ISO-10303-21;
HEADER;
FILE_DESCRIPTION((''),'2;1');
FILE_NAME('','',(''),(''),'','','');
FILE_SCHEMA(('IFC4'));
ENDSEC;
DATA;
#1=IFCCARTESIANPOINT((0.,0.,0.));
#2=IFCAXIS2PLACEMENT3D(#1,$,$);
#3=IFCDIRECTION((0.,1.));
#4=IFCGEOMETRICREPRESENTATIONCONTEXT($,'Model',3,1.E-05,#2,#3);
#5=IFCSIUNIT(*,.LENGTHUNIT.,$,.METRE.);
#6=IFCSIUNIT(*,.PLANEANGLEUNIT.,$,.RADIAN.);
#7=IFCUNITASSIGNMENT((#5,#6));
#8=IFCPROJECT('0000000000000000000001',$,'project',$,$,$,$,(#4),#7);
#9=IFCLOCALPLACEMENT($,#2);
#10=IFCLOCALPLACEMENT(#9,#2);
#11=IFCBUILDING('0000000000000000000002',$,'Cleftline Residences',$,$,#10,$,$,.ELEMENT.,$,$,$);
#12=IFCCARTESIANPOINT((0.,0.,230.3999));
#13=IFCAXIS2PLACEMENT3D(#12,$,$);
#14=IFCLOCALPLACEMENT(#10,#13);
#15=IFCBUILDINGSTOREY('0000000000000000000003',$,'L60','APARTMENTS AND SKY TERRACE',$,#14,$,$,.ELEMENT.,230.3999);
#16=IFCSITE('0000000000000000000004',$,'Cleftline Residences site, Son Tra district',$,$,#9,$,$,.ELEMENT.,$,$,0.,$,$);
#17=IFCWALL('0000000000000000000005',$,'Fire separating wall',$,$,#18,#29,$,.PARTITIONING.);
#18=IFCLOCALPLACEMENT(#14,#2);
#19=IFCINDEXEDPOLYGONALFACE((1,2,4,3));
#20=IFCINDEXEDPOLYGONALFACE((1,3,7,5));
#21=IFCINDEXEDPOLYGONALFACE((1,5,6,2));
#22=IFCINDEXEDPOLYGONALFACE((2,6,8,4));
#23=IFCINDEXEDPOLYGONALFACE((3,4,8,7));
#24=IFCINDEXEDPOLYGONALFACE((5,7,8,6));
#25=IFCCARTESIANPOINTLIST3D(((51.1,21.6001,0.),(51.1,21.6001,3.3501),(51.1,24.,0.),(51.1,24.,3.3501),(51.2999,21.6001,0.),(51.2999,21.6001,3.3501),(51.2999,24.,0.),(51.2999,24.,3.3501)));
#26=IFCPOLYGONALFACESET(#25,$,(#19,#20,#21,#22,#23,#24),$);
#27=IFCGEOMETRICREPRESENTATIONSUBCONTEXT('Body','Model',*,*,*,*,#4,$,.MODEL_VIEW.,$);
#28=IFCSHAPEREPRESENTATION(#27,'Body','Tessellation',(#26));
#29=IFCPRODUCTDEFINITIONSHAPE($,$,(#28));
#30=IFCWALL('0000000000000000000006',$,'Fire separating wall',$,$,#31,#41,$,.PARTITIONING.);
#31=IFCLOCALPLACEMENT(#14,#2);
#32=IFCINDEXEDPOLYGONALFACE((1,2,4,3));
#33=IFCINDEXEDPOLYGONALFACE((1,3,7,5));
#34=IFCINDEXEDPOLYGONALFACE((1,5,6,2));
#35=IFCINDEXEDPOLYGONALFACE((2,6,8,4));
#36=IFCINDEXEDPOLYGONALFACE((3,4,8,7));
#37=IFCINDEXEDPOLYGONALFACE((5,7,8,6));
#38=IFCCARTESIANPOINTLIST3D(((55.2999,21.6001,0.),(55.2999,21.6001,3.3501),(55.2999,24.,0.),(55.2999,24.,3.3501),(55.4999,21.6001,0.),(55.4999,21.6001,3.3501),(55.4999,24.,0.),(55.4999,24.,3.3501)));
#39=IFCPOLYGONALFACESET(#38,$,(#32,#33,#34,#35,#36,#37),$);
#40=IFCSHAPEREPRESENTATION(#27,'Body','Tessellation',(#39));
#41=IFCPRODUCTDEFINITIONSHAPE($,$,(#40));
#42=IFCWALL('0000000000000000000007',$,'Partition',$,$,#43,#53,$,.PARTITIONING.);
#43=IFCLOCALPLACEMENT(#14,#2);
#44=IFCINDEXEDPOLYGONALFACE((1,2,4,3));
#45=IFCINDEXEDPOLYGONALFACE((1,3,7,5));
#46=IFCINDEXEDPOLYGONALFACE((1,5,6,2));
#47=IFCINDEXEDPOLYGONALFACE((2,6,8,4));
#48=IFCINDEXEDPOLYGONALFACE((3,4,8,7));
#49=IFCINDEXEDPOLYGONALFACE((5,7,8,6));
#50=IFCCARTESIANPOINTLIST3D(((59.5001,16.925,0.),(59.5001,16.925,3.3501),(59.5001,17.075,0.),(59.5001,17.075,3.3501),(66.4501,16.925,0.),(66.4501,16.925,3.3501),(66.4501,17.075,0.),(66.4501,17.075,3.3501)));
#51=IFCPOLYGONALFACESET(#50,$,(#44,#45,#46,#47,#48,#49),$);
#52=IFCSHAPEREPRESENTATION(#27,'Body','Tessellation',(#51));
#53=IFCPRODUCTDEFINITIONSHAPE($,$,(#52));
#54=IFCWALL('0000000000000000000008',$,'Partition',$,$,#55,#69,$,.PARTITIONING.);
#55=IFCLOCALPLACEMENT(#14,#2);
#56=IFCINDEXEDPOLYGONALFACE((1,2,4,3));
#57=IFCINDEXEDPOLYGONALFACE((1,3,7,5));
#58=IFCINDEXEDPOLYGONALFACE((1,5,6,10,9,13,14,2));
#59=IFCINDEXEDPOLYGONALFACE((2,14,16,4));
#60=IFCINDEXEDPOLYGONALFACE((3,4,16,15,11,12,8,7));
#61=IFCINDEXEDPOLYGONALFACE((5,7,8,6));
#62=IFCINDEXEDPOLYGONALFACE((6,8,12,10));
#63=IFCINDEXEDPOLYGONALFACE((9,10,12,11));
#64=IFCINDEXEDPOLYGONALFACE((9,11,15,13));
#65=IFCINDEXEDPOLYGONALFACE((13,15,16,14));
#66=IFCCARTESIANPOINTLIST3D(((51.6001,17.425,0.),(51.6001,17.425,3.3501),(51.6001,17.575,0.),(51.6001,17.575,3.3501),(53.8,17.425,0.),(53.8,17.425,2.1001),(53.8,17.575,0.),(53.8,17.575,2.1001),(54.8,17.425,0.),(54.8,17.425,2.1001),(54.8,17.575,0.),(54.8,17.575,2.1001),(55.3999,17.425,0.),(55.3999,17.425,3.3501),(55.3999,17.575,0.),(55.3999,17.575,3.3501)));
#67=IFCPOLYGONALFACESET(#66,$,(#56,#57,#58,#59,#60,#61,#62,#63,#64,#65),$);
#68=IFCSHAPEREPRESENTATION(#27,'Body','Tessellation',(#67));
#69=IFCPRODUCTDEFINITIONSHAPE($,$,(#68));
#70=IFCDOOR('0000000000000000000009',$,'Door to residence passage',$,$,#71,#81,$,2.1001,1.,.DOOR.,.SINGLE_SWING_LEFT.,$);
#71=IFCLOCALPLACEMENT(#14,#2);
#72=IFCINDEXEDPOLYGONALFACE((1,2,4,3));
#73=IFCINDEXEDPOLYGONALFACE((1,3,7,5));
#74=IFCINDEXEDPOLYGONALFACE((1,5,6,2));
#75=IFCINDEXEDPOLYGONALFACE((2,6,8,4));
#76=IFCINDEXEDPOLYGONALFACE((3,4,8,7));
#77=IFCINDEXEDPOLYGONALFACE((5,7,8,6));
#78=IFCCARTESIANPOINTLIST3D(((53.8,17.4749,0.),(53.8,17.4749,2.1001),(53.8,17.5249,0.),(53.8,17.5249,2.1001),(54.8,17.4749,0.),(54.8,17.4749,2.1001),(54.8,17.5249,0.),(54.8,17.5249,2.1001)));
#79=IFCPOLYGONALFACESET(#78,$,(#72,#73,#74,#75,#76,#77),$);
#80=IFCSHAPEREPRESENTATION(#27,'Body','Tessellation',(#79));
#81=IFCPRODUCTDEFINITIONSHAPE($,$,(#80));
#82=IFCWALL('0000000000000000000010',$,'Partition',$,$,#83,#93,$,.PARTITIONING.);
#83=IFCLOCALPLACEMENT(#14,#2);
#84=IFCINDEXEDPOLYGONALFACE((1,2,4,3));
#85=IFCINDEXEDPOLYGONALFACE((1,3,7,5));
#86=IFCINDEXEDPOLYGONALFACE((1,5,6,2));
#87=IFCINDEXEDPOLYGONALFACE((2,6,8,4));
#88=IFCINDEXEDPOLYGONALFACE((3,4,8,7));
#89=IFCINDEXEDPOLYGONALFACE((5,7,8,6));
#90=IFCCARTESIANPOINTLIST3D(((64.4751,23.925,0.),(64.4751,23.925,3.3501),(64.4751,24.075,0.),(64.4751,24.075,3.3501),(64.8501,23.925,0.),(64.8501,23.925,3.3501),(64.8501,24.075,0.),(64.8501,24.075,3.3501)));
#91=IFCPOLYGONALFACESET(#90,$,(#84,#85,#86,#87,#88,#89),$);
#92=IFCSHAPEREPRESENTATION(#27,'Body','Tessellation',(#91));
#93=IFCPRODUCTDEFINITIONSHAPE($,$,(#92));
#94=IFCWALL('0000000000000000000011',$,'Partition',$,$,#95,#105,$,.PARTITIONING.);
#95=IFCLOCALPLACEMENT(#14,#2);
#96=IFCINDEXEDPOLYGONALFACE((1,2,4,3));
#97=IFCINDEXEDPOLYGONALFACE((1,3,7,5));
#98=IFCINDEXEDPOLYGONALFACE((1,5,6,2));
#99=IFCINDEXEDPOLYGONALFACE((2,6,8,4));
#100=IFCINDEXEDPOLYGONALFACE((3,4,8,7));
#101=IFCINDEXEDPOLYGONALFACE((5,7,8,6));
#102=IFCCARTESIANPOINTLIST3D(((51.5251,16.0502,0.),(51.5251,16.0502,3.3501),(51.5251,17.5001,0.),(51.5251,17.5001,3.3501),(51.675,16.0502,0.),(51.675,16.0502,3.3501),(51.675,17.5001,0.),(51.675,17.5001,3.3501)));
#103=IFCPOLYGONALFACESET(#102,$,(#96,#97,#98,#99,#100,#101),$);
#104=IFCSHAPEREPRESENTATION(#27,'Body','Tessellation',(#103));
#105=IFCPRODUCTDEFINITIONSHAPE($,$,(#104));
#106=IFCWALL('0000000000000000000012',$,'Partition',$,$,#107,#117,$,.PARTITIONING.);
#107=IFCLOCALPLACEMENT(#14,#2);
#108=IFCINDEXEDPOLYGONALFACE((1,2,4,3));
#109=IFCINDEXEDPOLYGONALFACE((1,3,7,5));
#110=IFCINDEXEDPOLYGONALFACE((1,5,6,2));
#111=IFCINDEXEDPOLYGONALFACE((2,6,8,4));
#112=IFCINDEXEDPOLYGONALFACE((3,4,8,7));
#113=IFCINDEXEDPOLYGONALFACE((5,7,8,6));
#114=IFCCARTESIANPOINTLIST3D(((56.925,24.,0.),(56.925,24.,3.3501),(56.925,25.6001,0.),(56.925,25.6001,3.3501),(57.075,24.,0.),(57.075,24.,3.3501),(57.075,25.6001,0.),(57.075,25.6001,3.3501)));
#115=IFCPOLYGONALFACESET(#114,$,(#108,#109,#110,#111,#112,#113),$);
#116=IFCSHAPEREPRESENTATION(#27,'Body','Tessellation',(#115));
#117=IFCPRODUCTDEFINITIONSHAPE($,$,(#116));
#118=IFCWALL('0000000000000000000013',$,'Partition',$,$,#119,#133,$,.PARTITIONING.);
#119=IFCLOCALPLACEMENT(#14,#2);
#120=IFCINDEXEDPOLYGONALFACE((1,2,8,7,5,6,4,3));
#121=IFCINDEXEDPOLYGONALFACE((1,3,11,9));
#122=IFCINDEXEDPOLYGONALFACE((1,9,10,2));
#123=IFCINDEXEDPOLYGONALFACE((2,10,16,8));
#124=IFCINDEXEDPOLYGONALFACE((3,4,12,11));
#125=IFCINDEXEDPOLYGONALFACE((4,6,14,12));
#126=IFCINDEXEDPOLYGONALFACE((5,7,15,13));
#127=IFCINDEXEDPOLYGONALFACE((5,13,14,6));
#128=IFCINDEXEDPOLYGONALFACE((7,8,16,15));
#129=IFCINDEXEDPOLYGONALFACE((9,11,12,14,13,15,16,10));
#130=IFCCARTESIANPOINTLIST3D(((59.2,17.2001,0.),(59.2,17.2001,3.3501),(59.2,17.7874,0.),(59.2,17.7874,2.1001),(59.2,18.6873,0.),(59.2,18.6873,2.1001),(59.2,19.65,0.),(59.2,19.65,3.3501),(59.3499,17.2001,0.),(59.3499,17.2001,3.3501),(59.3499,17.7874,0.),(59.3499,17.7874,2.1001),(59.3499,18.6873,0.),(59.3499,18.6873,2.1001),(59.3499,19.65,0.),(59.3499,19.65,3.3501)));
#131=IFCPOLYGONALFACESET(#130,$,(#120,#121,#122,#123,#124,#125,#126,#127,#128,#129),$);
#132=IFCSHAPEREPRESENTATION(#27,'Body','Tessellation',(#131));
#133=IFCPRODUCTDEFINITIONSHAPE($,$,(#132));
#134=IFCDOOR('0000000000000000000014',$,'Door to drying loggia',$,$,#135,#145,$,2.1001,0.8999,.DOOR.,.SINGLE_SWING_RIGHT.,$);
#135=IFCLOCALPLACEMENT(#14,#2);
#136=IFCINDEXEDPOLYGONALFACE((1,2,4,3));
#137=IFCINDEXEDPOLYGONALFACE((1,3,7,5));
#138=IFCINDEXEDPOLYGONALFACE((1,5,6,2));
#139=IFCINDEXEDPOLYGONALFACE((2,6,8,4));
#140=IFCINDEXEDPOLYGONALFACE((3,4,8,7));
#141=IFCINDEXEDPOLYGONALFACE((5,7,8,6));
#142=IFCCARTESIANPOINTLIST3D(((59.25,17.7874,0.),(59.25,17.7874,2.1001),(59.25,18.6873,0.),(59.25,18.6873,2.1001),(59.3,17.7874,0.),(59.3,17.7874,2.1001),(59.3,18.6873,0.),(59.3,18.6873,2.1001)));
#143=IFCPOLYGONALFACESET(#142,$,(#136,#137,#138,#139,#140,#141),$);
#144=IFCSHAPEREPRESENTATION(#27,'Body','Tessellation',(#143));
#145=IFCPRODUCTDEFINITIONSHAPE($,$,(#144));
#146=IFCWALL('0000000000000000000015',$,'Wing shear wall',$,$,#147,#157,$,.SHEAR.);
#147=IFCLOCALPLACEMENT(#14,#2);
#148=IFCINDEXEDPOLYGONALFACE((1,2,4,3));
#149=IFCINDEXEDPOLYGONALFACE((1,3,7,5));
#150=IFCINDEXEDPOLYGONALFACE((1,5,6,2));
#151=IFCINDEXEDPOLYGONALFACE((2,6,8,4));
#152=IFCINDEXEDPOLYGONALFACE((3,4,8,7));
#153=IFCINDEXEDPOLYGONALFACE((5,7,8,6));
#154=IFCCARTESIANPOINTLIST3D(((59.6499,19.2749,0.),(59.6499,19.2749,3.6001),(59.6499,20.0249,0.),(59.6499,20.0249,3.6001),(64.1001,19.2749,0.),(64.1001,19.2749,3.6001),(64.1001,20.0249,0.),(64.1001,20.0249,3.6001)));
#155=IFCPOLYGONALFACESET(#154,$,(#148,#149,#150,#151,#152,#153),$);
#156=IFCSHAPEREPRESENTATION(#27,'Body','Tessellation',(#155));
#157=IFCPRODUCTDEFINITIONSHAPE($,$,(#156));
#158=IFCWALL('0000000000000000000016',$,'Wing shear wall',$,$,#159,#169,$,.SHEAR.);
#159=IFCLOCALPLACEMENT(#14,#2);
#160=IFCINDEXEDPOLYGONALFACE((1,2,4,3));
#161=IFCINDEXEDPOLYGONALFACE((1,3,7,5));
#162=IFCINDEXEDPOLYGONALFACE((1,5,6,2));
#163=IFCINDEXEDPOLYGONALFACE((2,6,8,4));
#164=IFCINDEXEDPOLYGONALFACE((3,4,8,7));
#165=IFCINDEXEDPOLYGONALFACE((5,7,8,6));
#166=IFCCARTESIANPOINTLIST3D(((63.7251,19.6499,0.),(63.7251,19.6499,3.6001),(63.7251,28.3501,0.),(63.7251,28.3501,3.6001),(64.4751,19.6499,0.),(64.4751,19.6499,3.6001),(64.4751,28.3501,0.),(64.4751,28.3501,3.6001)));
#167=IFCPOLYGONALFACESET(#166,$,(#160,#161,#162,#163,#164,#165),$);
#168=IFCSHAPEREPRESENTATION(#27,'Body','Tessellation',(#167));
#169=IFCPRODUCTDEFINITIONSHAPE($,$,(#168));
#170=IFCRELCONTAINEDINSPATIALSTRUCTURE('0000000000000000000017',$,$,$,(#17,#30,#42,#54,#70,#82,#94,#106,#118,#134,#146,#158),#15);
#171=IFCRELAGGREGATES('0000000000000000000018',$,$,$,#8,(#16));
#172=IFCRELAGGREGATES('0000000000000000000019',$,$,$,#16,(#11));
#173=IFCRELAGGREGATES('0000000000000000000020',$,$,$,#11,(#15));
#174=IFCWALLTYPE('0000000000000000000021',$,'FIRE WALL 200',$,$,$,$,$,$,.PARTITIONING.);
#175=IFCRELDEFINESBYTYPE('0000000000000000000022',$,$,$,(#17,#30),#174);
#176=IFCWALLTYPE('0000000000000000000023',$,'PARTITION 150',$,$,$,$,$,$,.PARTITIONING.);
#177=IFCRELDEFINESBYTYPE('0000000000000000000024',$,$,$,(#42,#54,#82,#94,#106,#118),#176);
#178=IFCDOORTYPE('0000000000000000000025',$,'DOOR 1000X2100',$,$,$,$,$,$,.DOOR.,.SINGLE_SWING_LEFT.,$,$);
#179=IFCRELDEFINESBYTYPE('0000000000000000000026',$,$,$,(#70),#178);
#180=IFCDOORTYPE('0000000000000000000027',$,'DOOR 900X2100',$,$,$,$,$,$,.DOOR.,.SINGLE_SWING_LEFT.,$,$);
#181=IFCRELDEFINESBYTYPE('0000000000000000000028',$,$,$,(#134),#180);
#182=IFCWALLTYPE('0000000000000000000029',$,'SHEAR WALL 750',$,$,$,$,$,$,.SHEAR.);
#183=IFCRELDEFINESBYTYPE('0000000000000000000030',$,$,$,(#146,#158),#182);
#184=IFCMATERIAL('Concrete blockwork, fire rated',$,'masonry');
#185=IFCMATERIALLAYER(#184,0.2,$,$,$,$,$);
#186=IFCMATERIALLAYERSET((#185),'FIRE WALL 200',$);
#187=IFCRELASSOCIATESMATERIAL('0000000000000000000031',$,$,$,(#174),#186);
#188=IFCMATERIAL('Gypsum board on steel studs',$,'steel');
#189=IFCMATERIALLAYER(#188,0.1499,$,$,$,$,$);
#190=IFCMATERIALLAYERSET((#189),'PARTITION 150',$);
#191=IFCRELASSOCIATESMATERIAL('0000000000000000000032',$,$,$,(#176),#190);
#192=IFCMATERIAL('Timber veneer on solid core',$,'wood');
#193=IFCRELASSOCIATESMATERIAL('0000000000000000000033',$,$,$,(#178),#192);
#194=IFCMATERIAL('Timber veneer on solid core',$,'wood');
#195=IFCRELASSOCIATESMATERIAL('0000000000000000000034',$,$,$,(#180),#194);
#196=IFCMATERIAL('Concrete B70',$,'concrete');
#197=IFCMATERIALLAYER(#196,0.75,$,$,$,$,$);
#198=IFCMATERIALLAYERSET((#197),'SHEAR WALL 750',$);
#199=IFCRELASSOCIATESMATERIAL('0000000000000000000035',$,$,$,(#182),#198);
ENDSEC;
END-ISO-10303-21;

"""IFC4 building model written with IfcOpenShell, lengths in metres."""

from ifc_helpers import new_model, si_unit, direction, frame, frame_2d, origin, place, context, subcontext, project, spatial, rectangle, extrude, material, layer, layer_set, type_object, element, fill, save


model = new_model("IFC4")

# Units and contexts
model_context = context("Model", 3, precision=1e-05, world=origin(), true_north=direction((0.0, 1.0)))
body_context = subcontext(model_context, "Body", "Model", "MODEL_VIEW")
ifc_project = project(units=[si_unit("LENGTHUNIT", "METRE"), si_unit("PLANEANGLEUNIT", "RADIAN")], contexts=[model_context])

# Site, building, storey
site_placement = place(None, origin())
site = spatial("IfcSite", under=ifc_project, at=site_placement, Name="Cleftline Residences site, Son Tra district", CompositionType="ELEMENT", RefElevation=0.0)
building_placement = place(site_placement, origin())
building = spatial("IfcBuilding", under=site, at=building_placement, Name="Cleftline Residences", CompositionType="ELEMENT")
storey_placement = place(building_placement, frame((0.0, 0.0, 230.3999)))
storey = spatial("IfcBuildingStorey", under=building, at=storey_placement, Name="L60", Description="APARTMENTS AND SKY TERRACE", CompositionType="ELEMENT", Elevation=230.3999)

# Shared definitions
ifc_material_1 = material(Name="Concrete blockwork, fire rated", Category="masonry")
ifc_layer_1 = layer(ifc_material_1, 0.2)
ifc_layer_set_1 = layer_set([ifc_layer_1], Name="FIRE WALL 200")
wall_type_1 = type_object("IfcWallType", Name="FIRE WALL 200", PredefinedType="PARTITIONING", material=ifc_layer_set_1)

# Walls
for number, where, z_axis, x_axis, name in (
    (1, (51.2, 21.6001, 0.0), (0.0, 0.0, 1.0), (0.0, 1.0, 0.0), "Fire separating wall"),
    (2, (55.3999, 21.6001, 0.0), (0.0, 0.0, 1.0), (0.0, 1.0, 0.0), "Fire separating wall"),
):
    element("IfcWall", number, at=place(storey_placement, frame(where, z_axis=z_axis, x_axis=x_axis)), inside=storey, type_object=wall_type_1, Name=name, PredefinedType="PARTITIONING", context=body_context, shape_type="SweptSolid", body=[
        extrude(rectangle(XDim=2.3999, YDim=0.2, at=frame_2d((1.2, 0.0))), origin(), (0.0, 0.0, 1.0), 3.3501),
    ])
ifc_material_2 = material(Name="Gypsum board on steel studs", Category="steel")
ifc_layer_2 = layer(ifc_material_2, 0.1499)
ifc_layer_set_2 = layer_set([ifc_layer_2], Name="PARTITION 150")
wall_type_2 = type_object("IfcWallType", Name="PARTITION 150", PredefinedType="PARTITIONING", material=ifc_layer_set_2)
wall_1_placement = place(storey_placement, frame((59.5, 17.0, 0.0), z_axis=(0.0, 0.0, 1.0), x_axis=(1.0, 0.0, 0.0)))
element("IfcWall", 3, at=wall_1_placement, inside=storey, type_object=wall_type_2, Name="Partition", PredefinedType="PARTITIONING", context=body_context, shape_type="SweptSolid", body=[
    extrude(rectangle(XDim=6.95, YDim=0.1499, at=frame_2d((3.4751, 0.0))), origin(), (0.0, 0.0, 1.0), 3.3501),
])

# Wall, opening, door
wall_2_placement = place(storey_placement, frame((51.6001, 17.5, 0.0), z_axis=(0.0, 0.0, 1.0), x_axis=(1.0, 0.0, 0.0)))
wall_2 = element("IfcWall", 4, at=wall_2_placement, inside=storey, type_object=wall_type_2, Name="Partition", PredefinedType="PARTITIONING", context=body_context, shape_type="SweptSolid", body=[
    extrude(rectangle(XDim=3.7998, YDim=0.1499, at=frame_2d((1.8999, 0.0))), origin(), (0.0, 0.0, 1.0), 3.3501),
])
opening_1_placement = place(wall_2_placement, frame((2.2, 0.0, 0.0)))
opening_1 = element("IfcOpeningElement", 5, at=opening_1_placement, cuts=wall_2, PredefinedType="OPENING", context=body_context, shape_type="SweptSolid", body=[
    extrude(rectangle(XDim=1.0, YDim=2.1001, at=frame_2d((0.5, 1.05))), frame((0.0, 0.085, 0.0), z_axis=(0.0, -1.0, 0.0), x_axis=(1.0, 0.0, 0.0)), (0.0, 0.0, 1.0), 0.1699),
])
ifc_material_3 = material(Name="Timber veneer on solid core", Category="wood")
door_type_1 = type_object("IfcDoorType", Name="DOOR 1000X2100", OperationType="SINGLE_SWING_LEFT", PredefinedType="DOOR", material=ifc_material_3)
door_1_placement = place(opening_1_placement, origin())
door_1 = element("IfcDoor", 6, at=door_1_placement, inside=storey, type_object=door_type_1, Name="Door to residence passage", OperationType="SINGLE_SWING_LEFT", OverallHeight=2.1001, OverallWidth=1.0, PredefinedType="DOOR", context=body_context, shape_type="SweptSolid", body=[
    extrude(rectangle(XDim=1.0, YDim=2.1001, at=frame_2d((0.5, 1.05))), frame((0.0, 0.0249, 0.0), z_axis=(0.0, -1.0, 0.0), x_axis=(1.0, 0.0, 0.0)), (0.0, 0.0, 1.0), 0.05),
])
fill(opening_1, door_1)

# Walls
wall_3_placement = place(storey_placement, frame((64.4751, 24.0, 0.0), z_axis=(0.0, 0.0, 1.0), x_axis=(1.0, 0.0, 0.0)))
element("IfcWall", 7, at=wall_3_placement, inside=storey, type_object=wall_type_2, Name="Partition", PredefinedType="PARTITIONING", context=body_context, shape_type="SweptSolid", body=[
    extrude(rectangle(XDim=0.375, YDim=0.1499, at=frame_2d((0.1875, 0.0))), origin(), (0.0, 0.0, 1.0), 3.3501),
])
wall_4_placement = place(storey_placement, frame((51.6001, 16.05, 0.0), z_axis=(0.0, 0.0, 1.0), x_axis=(0.0, 1.0, 0.0)))
element("IfcWall", 8, at=wall_4_placement, inside=storey, type_object=wall_type_2, Name="Partition", PredefinedType="PARTITIONING", context=body_context, shape_type="SweptSolid", body=[
    extrude(rectangle(XDim=1.45, YDim=0.1499, at=frame_2d((0.7251, 0.0))), origin(), (0.0, 0.0, 1.0), 3.3501),
])
wall_5_placement = place(storey_placement, frame((57.0, 24.0, 0.0), z_axis=(0.0, 0.0, 1.0), x_axis=(0.0, 1.0, 0.0)))
element("IfcWall", 9, at=wall_5_placement, inside=storey, type_object=wall_type_2, Name="Partition", PredefinedType="PARTITIONING", context=body_context, shape_type="SweptSolid", body=[
    extrude(rectangle(XDim=1.6001, YDim=0.1499, at=frame_2d((0.8, 0.0))), origin(), (0.0, 0.0, 1.0), 3.3501),
])

# Wall, opening, door
wall_6_placement = place(storey_placement, frame((59.2749, 17.2, 0.0), z_axis=(0.0, 0.0, 1.0), x_axis=(0.0, 1.0, 0.0)))
wall_6 = element("IfcWall", 10, at=wall_6_placement, inside=storey, type_object=wall_type_2, Name="Partition", PredefinedType="PARTITIONING", context=body_context, shape_type="SweptSolid", body=[
    extrude(rectangle(XDim=2.45, YDim=0.1499, at=frame_2d((1.2251, 0.0))), origin(), (0.0, 0.0, 1.0), 3.3501),
])
opening_2_placement = place(wall_6_placement, frame((0.5874, 0.0, 0.0)))
opening_2 = element("IfcOpeningElement", 11, at=opening_2_placement, cuts=wall_6, PredefinedType="OPENING", context=body_context, shape_type="SweptSolid", body=[
    extrude(rectangle(XDim=0.8999, YDim=2.1001, at=frame_2d((0.45, 1.05))), frame((0.0, 0.085, 0.0), z_axis=(0.0, -1.0, 0.0), x_axis=(1.0, 0.0, 0.0)), (0.0, 0.0, 1.0), 0.1699),
])
ifc_material_4 = material(Name="Timber veneer on solid core", Category="wood")
door_type_2 = type_object("IfcDoorType", Name="DOOR 900X2100", OperationType="SINGLE_SWING_LEFT", PredefinedType="DOOR", material=ifc_material_4)
door_2_placement = place(opening_2_placement, origin())
door_2 = element("IfcDoor", 12, at=door_2_placement, inside=storey, type_object=door_type_2, Name="Door to drying loggia", OperationType="SINGLE_SWING_RIGHT", OverallHeight=2.1001, OverallWidth=0.8999, PredefinedType="DOOR", context=body_context, shape_type="SweptSolid", body=[
    extrude(rectangle(XDim=0.8999, YDim=2.1001, at=frame_2d((0.45, 1.05))), frame((0.0, 0.0249, 0.0), z_axis=(0.0, -1.0, 0.0), x_axis=(1.0, 0.0, 0.0)), (0.0, 0.0, 1.0), 0.05),
])
fill(opening_2, door_2)

# Walls
ifc_material_5 = material(Name="Concrete B70", Category="concrete")
ifc_layer_3 = layer(ifc_material_5, 0.75)
ifc_layer_set_3 = layer_set([ifc_layer_3], Name="SHEAR WALL 750")
wall_type_3 = type_object("IfcWallType", Name="SHEAR WALL 750", PredefinedType="SHEAR", material=ifc_layer_set_3)
wall_7_placement = place(storey_placement, frame((59.6499, 19.6499, 0.0), z_axis=(0.0, 0.0, 1.0), x_axis=(1.0, 0.0, 0.0)))
element("IfcWall", 13, at=wall_7_placement, inside=storey, type_object=wall_type_3, Name="Wing shear wall", PredefinedType="SHEAR", context=body_context, shape_type="SweptSolid", body=[
    extrude(rectangle(XDim=4.4502, YDim=0.75, at=frame_2d((2.2251, 0.0))), origin(), (0.0, 0.0, 1.0), 3.6001),
])
wall_8_placement = place(storey_placement, frame((64.1001, 19.6499, 0.0), z_axis=(0.0, 0.0, 1.0), x_axis=(0.0, 1.0, 0.0)))
element("IfcWall", 14, at=wall_8_placement, inside=storey, type_object=wall_type_3, Name="Wing shear wall", PredefinedType="SHEAR", context=body_context, shape_type="SweptSolid", body=[
    extrude(rectangle(XDim=8.7002, YDim=0.75, at=frame_2d((4.3501, 0.0))), origin(), (0.0, 0.0, 1.0), 3.6001),
])

save(model, "model.ifc")
